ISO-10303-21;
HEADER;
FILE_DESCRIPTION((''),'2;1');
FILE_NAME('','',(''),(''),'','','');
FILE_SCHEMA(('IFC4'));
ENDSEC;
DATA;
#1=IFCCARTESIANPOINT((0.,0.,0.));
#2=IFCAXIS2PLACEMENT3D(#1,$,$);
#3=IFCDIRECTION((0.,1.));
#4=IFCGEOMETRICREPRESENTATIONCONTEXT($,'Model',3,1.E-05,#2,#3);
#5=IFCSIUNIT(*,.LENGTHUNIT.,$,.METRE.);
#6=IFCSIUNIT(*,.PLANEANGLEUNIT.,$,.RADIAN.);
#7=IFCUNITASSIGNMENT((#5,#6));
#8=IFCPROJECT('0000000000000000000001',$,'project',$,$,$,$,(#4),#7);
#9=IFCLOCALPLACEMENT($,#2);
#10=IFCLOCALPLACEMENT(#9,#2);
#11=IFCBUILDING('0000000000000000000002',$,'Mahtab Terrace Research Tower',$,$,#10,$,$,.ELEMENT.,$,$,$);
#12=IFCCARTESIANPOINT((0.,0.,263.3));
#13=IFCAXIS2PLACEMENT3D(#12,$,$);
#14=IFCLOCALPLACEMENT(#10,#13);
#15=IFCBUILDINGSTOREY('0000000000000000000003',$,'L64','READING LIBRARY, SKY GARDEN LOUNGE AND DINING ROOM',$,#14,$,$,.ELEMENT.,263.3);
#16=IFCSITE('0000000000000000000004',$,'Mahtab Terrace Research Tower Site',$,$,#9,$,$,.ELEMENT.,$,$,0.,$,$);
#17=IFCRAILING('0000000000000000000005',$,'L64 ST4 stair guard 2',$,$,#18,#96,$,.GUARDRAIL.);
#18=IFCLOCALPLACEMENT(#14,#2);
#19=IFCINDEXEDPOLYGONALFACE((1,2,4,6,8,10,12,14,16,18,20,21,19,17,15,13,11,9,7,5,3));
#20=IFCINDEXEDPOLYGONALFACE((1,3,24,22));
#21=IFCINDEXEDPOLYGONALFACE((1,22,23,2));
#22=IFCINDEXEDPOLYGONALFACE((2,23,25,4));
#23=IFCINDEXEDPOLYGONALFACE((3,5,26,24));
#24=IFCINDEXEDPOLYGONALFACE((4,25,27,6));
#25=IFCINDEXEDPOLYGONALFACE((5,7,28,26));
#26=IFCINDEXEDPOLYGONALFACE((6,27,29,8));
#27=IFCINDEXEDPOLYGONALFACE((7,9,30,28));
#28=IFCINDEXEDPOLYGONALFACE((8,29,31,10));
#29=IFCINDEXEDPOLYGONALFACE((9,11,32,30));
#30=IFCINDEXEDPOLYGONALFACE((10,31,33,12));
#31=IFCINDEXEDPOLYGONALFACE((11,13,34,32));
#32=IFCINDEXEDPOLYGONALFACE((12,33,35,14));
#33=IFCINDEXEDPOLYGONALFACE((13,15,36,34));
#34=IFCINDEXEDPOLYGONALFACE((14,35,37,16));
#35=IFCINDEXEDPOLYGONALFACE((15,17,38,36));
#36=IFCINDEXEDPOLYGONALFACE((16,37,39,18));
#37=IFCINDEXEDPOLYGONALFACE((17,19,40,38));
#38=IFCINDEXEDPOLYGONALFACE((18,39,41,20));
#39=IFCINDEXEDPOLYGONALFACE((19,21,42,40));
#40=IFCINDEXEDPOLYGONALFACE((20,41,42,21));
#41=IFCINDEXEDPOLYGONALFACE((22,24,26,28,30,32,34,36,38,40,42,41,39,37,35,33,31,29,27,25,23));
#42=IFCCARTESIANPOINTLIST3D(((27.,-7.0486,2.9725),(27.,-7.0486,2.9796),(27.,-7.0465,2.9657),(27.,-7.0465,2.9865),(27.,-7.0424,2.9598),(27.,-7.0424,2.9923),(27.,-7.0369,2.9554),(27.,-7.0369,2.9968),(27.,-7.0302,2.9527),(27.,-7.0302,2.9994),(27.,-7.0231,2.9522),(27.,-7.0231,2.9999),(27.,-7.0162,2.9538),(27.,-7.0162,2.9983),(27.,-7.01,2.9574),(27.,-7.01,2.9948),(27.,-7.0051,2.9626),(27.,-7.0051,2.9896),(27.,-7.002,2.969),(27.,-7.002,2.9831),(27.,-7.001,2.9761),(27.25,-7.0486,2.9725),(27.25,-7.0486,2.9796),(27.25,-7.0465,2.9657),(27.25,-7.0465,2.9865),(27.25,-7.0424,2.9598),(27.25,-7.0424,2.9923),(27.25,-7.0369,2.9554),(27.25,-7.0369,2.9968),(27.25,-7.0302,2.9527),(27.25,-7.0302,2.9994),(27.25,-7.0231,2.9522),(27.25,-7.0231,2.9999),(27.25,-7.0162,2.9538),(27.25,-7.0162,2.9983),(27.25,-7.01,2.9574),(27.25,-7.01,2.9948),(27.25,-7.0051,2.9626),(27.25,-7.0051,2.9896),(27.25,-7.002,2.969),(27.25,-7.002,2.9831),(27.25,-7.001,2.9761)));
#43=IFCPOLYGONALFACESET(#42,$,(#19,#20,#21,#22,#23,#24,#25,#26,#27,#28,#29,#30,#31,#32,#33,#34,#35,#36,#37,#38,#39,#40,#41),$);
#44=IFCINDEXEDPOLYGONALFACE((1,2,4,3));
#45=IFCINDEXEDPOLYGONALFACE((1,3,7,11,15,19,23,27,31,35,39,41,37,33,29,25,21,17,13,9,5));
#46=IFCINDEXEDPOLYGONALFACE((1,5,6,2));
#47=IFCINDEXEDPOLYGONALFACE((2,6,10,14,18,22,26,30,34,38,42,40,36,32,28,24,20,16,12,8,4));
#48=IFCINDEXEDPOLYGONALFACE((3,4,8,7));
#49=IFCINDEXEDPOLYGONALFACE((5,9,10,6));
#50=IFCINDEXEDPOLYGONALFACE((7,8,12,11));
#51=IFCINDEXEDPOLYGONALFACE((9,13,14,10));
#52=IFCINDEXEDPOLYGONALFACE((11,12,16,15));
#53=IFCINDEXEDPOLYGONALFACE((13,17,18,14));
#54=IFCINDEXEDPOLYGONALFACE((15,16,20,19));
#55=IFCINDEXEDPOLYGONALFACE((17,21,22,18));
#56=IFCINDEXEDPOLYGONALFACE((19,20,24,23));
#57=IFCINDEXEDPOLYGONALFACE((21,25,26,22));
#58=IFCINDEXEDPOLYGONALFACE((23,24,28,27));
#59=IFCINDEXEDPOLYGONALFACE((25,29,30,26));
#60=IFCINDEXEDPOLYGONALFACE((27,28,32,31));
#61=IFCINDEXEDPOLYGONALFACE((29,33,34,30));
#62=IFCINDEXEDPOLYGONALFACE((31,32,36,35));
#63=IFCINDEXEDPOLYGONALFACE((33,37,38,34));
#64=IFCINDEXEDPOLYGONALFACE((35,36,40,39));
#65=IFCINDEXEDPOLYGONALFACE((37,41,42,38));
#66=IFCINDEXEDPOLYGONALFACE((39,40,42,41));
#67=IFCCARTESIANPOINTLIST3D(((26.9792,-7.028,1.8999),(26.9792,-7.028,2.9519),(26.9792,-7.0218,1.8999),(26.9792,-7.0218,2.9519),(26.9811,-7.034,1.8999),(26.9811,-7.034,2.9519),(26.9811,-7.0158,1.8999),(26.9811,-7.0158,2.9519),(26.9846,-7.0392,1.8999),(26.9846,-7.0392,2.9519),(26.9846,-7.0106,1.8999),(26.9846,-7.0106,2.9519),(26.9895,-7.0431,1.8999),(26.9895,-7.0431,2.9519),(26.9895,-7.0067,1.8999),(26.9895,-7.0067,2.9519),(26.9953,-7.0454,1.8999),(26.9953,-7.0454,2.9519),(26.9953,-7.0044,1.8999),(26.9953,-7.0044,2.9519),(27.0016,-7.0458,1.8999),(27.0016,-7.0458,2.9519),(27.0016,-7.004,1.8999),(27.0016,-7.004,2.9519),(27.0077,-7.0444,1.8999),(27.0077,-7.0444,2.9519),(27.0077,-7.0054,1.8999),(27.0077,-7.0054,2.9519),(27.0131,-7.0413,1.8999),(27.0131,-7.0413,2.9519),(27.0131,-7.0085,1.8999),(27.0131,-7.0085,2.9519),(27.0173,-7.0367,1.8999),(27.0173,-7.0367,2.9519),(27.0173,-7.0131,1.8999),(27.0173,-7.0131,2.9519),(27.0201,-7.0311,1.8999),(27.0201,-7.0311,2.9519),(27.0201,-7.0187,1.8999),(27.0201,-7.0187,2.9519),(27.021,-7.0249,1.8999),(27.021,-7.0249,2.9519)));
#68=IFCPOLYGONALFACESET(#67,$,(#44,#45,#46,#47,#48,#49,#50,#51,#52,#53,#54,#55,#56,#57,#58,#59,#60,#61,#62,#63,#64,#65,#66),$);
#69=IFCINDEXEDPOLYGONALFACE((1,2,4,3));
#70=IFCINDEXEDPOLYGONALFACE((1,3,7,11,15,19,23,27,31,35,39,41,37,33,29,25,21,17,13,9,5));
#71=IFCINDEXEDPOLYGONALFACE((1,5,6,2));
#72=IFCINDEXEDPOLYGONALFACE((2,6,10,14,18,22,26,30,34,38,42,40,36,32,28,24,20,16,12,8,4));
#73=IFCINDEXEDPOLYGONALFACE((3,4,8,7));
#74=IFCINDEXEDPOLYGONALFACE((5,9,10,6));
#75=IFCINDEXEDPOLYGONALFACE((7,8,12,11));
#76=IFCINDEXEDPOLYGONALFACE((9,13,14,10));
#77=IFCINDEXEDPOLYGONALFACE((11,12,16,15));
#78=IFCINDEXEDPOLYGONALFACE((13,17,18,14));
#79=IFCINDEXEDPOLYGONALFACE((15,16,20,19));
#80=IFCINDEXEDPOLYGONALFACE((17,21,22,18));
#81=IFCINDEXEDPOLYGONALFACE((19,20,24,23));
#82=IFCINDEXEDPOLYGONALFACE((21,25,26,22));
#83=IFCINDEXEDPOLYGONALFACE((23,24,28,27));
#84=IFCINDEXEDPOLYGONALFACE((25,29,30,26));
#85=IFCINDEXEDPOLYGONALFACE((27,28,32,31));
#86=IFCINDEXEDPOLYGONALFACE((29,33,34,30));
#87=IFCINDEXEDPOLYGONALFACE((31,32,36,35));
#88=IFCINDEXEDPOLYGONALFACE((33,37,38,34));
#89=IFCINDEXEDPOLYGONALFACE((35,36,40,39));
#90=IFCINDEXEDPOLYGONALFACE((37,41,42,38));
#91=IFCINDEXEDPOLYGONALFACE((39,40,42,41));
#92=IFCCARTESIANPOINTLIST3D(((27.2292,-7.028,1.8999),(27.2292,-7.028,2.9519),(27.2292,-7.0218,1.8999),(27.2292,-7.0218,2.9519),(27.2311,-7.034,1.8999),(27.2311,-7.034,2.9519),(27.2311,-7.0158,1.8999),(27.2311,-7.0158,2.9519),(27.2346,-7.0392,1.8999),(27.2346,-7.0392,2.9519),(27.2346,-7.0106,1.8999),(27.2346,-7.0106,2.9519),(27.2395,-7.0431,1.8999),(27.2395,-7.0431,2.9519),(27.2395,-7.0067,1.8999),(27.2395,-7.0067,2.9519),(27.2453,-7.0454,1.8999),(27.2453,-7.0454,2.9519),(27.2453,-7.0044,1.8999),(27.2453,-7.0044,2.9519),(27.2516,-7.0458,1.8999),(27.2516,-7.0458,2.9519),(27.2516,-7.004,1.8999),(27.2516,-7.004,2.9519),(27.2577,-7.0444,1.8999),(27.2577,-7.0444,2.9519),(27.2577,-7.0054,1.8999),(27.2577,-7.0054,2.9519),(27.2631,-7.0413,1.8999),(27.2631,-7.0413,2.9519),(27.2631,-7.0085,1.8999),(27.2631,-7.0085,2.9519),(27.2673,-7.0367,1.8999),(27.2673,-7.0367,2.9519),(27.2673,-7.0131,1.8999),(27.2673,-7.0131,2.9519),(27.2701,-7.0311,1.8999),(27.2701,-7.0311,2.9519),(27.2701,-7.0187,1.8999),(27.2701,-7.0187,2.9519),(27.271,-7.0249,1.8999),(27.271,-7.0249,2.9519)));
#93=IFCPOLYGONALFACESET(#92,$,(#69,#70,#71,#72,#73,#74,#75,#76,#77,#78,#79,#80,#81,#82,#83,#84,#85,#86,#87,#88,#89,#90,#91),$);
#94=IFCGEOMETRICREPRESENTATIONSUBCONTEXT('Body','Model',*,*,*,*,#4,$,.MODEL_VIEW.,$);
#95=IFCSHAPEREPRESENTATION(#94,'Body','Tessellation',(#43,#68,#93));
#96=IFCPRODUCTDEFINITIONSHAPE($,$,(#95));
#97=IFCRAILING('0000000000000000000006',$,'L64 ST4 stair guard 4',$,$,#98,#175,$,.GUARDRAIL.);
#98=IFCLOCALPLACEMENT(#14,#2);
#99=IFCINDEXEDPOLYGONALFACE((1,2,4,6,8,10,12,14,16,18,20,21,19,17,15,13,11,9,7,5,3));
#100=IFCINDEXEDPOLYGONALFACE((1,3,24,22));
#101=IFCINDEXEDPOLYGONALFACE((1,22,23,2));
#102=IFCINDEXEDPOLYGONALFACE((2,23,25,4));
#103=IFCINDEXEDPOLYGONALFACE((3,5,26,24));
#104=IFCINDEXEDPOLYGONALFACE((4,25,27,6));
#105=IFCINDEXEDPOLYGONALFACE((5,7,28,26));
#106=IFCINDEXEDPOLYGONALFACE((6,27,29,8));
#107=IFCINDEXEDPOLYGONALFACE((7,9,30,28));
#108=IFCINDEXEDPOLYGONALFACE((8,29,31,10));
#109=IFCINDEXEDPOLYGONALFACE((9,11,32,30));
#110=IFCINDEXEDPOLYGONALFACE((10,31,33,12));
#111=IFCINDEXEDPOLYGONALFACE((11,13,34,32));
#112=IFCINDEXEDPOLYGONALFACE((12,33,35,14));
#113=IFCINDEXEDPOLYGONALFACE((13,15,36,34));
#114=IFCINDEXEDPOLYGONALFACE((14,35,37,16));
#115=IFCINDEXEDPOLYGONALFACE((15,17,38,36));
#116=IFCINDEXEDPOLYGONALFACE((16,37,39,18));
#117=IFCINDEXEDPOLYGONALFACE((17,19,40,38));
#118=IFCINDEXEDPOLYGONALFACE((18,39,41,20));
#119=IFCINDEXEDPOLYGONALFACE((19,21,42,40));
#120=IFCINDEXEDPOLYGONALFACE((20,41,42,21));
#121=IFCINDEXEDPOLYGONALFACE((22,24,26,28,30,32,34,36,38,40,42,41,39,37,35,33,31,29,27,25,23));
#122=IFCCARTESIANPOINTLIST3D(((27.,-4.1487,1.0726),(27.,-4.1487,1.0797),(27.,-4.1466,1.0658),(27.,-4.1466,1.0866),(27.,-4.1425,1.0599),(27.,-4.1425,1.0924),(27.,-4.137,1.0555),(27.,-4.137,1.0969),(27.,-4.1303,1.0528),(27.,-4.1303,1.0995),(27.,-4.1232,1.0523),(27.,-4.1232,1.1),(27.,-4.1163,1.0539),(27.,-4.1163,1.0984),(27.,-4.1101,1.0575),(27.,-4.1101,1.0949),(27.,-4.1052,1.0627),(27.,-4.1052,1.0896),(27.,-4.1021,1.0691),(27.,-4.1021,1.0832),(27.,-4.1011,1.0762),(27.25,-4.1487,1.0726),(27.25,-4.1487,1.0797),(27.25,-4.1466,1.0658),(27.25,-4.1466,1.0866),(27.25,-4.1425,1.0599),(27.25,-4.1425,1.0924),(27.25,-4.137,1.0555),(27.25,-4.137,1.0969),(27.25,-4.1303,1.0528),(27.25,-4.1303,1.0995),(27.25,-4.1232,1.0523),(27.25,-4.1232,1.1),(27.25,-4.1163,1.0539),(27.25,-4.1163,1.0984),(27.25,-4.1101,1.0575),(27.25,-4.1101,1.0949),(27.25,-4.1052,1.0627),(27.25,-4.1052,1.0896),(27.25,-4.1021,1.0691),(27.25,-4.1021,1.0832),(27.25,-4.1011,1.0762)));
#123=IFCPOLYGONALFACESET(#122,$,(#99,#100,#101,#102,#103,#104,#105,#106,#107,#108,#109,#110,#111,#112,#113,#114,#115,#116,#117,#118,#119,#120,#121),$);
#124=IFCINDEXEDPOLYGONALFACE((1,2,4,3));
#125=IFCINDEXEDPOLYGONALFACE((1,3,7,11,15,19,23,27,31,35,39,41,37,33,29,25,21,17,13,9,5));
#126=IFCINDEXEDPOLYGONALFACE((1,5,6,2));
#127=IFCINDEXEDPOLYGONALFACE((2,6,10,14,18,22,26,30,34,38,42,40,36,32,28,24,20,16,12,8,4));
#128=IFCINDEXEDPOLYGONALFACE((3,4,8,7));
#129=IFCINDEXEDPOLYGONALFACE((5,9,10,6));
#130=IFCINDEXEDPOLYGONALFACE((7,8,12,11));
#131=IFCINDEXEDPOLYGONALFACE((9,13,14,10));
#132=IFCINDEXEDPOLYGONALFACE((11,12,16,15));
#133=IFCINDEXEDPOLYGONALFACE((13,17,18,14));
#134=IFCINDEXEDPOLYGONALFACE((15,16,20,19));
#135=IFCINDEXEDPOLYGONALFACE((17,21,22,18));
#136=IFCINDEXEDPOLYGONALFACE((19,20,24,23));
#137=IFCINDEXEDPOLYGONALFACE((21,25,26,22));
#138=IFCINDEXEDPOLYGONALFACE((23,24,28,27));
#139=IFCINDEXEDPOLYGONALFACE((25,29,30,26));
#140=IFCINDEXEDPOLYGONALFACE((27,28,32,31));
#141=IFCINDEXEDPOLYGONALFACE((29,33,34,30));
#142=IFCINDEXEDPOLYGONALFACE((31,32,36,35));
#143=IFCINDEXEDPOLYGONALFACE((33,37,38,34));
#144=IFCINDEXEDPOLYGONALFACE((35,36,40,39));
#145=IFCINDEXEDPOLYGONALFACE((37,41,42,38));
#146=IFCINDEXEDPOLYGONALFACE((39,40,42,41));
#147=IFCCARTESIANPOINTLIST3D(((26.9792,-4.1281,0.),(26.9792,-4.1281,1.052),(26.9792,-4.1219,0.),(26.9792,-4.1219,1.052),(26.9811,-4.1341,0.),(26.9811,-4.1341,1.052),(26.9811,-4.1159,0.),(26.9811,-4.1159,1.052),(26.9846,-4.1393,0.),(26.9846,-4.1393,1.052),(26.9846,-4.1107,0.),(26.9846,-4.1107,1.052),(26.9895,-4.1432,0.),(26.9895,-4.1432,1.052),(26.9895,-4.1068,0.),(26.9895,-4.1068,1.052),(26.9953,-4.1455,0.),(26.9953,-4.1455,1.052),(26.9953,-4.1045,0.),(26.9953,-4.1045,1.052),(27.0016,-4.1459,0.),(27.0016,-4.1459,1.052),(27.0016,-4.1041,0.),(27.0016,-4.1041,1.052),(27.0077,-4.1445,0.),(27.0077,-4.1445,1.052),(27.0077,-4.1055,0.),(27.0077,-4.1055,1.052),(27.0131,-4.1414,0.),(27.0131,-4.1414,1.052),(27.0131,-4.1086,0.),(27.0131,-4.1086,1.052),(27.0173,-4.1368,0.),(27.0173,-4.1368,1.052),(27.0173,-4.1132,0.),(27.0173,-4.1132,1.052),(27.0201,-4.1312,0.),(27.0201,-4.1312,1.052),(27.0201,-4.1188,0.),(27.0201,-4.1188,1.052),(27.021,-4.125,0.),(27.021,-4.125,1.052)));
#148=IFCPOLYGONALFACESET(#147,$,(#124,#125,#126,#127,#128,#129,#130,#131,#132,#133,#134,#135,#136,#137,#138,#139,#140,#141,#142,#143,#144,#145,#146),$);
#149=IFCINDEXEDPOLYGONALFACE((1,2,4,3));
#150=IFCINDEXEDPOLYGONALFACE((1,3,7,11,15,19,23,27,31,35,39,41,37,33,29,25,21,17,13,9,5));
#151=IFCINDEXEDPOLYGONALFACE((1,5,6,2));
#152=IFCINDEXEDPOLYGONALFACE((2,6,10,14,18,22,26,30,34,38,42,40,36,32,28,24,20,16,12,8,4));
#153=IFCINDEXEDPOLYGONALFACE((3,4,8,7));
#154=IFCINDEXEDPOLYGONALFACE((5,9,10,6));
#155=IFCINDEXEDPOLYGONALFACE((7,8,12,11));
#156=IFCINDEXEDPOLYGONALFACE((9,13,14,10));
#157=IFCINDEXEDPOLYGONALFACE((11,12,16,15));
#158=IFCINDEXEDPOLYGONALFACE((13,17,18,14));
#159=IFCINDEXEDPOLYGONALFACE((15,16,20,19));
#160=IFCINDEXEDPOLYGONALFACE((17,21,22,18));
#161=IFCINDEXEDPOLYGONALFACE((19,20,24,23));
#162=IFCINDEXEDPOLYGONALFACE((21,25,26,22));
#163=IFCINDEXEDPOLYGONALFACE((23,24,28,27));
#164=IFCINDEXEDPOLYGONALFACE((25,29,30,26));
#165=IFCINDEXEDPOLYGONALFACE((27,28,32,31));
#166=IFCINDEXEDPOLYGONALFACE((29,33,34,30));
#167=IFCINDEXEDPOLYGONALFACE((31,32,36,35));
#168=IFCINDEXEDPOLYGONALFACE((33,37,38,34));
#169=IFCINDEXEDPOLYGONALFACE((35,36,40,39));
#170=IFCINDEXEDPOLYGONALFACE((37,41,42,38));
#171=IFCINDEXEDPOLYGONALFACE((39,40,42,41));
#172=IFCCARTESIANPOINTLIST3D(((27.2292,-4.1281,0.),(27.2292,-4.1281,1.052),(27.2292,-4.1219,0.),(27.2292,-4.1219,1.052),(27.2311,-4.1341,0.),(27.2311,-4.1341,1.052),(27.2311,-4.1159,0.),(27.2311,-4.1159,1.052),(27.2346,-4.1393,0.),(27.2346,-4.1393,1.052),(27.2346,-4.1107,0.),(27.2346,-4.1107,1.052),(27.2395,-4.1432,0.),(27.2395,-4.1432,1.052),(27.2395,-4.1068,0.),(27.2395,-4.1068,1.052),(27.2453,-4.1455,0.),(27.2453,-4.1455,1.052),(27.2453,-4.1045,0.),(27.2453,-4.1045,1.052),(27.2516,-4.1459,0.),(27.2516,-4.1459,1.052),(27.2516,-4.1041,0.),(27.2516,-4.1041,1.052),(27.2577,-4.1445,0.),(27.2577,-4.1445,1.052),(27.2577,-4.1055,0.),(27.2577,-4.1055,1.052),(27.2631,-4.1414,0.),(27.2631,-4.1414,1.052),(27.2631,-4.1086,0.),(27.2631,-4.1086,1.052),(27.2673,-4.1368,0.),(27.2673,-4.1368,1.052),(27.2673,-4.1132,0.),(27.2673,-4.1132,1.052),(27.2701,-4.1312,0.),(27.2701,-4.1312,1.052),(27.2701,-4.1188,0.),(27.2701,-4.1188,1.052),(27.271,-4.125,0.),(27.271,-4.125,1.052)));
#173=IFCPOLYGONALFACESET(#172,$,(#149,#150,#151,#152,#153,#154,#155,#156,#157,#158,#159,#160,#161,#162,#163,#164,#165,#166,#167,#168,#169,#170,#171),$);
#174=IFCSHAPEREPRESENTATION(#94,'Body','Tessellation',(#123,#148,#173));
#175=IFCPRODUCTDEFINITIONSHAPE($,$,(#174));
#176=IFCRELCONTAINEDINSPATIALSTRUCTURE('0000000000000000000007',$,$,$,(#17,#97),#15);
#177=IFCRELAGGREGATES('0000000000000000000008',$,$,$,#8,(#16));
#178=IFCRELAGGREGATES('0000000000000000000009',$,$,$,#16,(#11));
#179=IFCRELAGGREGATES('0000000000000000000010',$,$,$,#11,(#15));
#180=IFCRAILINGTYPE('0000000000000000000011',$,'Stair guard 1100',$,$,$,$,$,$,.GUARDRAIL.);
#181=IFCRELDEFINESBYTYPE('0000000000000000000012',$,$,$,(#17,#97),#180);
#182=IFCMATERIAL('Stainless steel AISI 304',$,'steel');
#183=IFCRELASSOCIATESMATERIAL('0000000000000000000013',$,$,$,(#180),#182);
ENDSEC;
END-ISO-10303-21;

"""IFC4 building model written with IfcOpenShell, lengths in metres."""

from ifc_helpers import new_model, si_unit, direction, frame, origin, origin_2d, place, context, subcontext, project, spatial, circle, extrude, material, type_object, element, save


model = new_model("IFC4")

# Units and contexts
model_context = context("Model", 3, precision=1e-05, world=origin(), true_north=direction((0.0, 1.0)))
body_context = subcontext(model_context, "Body", "Model", "MODEL_VIEW")
ifc_project = project(units=[si_unit("LENGTHUNIT", "METRE"), si_unit("PLANEANGLEUNIT", "RADIAN")], contexts=[model_context])

# Site, building, storey
site_placement = place(None, origin())
site = spatial("IfcSite", under=ifc_project, at=site_placement, Name="Mahtab Terrace Research Tower Site", CompositionType="ELEMENT", RefElevation=0.0)
building_placement = place(site_placement, origin())
building = spatial("IfcBuilding", under=site, at=building_placement, Name="Mahtab Terrace Research Tower", CompositionType="ELEMENT")
storey_placement = place(building_placement, frame((0.0, 0.0, 263.3)))
storey = spatial("IfcBuildingStorey", under=building, at=storey_placement, Name="L64", Description="READING LIBRARY, SKY GARDEN LOUNGE AND DINING ROOM", CompositionType="ELEMENT", Elevation=263.3)

# Shared definitions
ifc_material_1 = material(Name="Stainless steel AISI 304", Category="steel")

# Railings
railing_type_1 = type_object("IfcRailingType", Name="Stair guard 1100", PredefinedType="GUARDRAIL", material=ifc_material_1)
for number, where, name in (
    (1, (27.0, -7.0249, 1.8999), "L64 ST4 stair guard 2"),
    (2, (27.0, -4.125, 0.0), "L64 ST4 stair guard 4"),
):
    element("IfcRailing", number, at=place(storey_placement, frame(where)), inside=storey, type_object=railing_type_1, Name=name, PredefinedType="GUARDRAIL", context=body_context, shape_type="SweptSolid", body=[
        extrude(circle(Radius=0.0239, at=origin_2d()), frame((0.0, 0.0, 1.0762), z_axis=(1.0, 0.0, 0.0), x_axis=(0.0, 1.0, 0.0)), (0.0, 0.0, 1.0), 0.25),
        extrude(circle(Radius=0.021, at=origin_2d()), origin(), (0.0, 0.0, 1.0), 1.052),
        extrude(circle(Radius=0.021, at=origin_2d()), frame((0.25, 0.0, 0.0)), (0.0, 0.0, 1.0), 1.052),
    ])

save(model, "model.ifc")
